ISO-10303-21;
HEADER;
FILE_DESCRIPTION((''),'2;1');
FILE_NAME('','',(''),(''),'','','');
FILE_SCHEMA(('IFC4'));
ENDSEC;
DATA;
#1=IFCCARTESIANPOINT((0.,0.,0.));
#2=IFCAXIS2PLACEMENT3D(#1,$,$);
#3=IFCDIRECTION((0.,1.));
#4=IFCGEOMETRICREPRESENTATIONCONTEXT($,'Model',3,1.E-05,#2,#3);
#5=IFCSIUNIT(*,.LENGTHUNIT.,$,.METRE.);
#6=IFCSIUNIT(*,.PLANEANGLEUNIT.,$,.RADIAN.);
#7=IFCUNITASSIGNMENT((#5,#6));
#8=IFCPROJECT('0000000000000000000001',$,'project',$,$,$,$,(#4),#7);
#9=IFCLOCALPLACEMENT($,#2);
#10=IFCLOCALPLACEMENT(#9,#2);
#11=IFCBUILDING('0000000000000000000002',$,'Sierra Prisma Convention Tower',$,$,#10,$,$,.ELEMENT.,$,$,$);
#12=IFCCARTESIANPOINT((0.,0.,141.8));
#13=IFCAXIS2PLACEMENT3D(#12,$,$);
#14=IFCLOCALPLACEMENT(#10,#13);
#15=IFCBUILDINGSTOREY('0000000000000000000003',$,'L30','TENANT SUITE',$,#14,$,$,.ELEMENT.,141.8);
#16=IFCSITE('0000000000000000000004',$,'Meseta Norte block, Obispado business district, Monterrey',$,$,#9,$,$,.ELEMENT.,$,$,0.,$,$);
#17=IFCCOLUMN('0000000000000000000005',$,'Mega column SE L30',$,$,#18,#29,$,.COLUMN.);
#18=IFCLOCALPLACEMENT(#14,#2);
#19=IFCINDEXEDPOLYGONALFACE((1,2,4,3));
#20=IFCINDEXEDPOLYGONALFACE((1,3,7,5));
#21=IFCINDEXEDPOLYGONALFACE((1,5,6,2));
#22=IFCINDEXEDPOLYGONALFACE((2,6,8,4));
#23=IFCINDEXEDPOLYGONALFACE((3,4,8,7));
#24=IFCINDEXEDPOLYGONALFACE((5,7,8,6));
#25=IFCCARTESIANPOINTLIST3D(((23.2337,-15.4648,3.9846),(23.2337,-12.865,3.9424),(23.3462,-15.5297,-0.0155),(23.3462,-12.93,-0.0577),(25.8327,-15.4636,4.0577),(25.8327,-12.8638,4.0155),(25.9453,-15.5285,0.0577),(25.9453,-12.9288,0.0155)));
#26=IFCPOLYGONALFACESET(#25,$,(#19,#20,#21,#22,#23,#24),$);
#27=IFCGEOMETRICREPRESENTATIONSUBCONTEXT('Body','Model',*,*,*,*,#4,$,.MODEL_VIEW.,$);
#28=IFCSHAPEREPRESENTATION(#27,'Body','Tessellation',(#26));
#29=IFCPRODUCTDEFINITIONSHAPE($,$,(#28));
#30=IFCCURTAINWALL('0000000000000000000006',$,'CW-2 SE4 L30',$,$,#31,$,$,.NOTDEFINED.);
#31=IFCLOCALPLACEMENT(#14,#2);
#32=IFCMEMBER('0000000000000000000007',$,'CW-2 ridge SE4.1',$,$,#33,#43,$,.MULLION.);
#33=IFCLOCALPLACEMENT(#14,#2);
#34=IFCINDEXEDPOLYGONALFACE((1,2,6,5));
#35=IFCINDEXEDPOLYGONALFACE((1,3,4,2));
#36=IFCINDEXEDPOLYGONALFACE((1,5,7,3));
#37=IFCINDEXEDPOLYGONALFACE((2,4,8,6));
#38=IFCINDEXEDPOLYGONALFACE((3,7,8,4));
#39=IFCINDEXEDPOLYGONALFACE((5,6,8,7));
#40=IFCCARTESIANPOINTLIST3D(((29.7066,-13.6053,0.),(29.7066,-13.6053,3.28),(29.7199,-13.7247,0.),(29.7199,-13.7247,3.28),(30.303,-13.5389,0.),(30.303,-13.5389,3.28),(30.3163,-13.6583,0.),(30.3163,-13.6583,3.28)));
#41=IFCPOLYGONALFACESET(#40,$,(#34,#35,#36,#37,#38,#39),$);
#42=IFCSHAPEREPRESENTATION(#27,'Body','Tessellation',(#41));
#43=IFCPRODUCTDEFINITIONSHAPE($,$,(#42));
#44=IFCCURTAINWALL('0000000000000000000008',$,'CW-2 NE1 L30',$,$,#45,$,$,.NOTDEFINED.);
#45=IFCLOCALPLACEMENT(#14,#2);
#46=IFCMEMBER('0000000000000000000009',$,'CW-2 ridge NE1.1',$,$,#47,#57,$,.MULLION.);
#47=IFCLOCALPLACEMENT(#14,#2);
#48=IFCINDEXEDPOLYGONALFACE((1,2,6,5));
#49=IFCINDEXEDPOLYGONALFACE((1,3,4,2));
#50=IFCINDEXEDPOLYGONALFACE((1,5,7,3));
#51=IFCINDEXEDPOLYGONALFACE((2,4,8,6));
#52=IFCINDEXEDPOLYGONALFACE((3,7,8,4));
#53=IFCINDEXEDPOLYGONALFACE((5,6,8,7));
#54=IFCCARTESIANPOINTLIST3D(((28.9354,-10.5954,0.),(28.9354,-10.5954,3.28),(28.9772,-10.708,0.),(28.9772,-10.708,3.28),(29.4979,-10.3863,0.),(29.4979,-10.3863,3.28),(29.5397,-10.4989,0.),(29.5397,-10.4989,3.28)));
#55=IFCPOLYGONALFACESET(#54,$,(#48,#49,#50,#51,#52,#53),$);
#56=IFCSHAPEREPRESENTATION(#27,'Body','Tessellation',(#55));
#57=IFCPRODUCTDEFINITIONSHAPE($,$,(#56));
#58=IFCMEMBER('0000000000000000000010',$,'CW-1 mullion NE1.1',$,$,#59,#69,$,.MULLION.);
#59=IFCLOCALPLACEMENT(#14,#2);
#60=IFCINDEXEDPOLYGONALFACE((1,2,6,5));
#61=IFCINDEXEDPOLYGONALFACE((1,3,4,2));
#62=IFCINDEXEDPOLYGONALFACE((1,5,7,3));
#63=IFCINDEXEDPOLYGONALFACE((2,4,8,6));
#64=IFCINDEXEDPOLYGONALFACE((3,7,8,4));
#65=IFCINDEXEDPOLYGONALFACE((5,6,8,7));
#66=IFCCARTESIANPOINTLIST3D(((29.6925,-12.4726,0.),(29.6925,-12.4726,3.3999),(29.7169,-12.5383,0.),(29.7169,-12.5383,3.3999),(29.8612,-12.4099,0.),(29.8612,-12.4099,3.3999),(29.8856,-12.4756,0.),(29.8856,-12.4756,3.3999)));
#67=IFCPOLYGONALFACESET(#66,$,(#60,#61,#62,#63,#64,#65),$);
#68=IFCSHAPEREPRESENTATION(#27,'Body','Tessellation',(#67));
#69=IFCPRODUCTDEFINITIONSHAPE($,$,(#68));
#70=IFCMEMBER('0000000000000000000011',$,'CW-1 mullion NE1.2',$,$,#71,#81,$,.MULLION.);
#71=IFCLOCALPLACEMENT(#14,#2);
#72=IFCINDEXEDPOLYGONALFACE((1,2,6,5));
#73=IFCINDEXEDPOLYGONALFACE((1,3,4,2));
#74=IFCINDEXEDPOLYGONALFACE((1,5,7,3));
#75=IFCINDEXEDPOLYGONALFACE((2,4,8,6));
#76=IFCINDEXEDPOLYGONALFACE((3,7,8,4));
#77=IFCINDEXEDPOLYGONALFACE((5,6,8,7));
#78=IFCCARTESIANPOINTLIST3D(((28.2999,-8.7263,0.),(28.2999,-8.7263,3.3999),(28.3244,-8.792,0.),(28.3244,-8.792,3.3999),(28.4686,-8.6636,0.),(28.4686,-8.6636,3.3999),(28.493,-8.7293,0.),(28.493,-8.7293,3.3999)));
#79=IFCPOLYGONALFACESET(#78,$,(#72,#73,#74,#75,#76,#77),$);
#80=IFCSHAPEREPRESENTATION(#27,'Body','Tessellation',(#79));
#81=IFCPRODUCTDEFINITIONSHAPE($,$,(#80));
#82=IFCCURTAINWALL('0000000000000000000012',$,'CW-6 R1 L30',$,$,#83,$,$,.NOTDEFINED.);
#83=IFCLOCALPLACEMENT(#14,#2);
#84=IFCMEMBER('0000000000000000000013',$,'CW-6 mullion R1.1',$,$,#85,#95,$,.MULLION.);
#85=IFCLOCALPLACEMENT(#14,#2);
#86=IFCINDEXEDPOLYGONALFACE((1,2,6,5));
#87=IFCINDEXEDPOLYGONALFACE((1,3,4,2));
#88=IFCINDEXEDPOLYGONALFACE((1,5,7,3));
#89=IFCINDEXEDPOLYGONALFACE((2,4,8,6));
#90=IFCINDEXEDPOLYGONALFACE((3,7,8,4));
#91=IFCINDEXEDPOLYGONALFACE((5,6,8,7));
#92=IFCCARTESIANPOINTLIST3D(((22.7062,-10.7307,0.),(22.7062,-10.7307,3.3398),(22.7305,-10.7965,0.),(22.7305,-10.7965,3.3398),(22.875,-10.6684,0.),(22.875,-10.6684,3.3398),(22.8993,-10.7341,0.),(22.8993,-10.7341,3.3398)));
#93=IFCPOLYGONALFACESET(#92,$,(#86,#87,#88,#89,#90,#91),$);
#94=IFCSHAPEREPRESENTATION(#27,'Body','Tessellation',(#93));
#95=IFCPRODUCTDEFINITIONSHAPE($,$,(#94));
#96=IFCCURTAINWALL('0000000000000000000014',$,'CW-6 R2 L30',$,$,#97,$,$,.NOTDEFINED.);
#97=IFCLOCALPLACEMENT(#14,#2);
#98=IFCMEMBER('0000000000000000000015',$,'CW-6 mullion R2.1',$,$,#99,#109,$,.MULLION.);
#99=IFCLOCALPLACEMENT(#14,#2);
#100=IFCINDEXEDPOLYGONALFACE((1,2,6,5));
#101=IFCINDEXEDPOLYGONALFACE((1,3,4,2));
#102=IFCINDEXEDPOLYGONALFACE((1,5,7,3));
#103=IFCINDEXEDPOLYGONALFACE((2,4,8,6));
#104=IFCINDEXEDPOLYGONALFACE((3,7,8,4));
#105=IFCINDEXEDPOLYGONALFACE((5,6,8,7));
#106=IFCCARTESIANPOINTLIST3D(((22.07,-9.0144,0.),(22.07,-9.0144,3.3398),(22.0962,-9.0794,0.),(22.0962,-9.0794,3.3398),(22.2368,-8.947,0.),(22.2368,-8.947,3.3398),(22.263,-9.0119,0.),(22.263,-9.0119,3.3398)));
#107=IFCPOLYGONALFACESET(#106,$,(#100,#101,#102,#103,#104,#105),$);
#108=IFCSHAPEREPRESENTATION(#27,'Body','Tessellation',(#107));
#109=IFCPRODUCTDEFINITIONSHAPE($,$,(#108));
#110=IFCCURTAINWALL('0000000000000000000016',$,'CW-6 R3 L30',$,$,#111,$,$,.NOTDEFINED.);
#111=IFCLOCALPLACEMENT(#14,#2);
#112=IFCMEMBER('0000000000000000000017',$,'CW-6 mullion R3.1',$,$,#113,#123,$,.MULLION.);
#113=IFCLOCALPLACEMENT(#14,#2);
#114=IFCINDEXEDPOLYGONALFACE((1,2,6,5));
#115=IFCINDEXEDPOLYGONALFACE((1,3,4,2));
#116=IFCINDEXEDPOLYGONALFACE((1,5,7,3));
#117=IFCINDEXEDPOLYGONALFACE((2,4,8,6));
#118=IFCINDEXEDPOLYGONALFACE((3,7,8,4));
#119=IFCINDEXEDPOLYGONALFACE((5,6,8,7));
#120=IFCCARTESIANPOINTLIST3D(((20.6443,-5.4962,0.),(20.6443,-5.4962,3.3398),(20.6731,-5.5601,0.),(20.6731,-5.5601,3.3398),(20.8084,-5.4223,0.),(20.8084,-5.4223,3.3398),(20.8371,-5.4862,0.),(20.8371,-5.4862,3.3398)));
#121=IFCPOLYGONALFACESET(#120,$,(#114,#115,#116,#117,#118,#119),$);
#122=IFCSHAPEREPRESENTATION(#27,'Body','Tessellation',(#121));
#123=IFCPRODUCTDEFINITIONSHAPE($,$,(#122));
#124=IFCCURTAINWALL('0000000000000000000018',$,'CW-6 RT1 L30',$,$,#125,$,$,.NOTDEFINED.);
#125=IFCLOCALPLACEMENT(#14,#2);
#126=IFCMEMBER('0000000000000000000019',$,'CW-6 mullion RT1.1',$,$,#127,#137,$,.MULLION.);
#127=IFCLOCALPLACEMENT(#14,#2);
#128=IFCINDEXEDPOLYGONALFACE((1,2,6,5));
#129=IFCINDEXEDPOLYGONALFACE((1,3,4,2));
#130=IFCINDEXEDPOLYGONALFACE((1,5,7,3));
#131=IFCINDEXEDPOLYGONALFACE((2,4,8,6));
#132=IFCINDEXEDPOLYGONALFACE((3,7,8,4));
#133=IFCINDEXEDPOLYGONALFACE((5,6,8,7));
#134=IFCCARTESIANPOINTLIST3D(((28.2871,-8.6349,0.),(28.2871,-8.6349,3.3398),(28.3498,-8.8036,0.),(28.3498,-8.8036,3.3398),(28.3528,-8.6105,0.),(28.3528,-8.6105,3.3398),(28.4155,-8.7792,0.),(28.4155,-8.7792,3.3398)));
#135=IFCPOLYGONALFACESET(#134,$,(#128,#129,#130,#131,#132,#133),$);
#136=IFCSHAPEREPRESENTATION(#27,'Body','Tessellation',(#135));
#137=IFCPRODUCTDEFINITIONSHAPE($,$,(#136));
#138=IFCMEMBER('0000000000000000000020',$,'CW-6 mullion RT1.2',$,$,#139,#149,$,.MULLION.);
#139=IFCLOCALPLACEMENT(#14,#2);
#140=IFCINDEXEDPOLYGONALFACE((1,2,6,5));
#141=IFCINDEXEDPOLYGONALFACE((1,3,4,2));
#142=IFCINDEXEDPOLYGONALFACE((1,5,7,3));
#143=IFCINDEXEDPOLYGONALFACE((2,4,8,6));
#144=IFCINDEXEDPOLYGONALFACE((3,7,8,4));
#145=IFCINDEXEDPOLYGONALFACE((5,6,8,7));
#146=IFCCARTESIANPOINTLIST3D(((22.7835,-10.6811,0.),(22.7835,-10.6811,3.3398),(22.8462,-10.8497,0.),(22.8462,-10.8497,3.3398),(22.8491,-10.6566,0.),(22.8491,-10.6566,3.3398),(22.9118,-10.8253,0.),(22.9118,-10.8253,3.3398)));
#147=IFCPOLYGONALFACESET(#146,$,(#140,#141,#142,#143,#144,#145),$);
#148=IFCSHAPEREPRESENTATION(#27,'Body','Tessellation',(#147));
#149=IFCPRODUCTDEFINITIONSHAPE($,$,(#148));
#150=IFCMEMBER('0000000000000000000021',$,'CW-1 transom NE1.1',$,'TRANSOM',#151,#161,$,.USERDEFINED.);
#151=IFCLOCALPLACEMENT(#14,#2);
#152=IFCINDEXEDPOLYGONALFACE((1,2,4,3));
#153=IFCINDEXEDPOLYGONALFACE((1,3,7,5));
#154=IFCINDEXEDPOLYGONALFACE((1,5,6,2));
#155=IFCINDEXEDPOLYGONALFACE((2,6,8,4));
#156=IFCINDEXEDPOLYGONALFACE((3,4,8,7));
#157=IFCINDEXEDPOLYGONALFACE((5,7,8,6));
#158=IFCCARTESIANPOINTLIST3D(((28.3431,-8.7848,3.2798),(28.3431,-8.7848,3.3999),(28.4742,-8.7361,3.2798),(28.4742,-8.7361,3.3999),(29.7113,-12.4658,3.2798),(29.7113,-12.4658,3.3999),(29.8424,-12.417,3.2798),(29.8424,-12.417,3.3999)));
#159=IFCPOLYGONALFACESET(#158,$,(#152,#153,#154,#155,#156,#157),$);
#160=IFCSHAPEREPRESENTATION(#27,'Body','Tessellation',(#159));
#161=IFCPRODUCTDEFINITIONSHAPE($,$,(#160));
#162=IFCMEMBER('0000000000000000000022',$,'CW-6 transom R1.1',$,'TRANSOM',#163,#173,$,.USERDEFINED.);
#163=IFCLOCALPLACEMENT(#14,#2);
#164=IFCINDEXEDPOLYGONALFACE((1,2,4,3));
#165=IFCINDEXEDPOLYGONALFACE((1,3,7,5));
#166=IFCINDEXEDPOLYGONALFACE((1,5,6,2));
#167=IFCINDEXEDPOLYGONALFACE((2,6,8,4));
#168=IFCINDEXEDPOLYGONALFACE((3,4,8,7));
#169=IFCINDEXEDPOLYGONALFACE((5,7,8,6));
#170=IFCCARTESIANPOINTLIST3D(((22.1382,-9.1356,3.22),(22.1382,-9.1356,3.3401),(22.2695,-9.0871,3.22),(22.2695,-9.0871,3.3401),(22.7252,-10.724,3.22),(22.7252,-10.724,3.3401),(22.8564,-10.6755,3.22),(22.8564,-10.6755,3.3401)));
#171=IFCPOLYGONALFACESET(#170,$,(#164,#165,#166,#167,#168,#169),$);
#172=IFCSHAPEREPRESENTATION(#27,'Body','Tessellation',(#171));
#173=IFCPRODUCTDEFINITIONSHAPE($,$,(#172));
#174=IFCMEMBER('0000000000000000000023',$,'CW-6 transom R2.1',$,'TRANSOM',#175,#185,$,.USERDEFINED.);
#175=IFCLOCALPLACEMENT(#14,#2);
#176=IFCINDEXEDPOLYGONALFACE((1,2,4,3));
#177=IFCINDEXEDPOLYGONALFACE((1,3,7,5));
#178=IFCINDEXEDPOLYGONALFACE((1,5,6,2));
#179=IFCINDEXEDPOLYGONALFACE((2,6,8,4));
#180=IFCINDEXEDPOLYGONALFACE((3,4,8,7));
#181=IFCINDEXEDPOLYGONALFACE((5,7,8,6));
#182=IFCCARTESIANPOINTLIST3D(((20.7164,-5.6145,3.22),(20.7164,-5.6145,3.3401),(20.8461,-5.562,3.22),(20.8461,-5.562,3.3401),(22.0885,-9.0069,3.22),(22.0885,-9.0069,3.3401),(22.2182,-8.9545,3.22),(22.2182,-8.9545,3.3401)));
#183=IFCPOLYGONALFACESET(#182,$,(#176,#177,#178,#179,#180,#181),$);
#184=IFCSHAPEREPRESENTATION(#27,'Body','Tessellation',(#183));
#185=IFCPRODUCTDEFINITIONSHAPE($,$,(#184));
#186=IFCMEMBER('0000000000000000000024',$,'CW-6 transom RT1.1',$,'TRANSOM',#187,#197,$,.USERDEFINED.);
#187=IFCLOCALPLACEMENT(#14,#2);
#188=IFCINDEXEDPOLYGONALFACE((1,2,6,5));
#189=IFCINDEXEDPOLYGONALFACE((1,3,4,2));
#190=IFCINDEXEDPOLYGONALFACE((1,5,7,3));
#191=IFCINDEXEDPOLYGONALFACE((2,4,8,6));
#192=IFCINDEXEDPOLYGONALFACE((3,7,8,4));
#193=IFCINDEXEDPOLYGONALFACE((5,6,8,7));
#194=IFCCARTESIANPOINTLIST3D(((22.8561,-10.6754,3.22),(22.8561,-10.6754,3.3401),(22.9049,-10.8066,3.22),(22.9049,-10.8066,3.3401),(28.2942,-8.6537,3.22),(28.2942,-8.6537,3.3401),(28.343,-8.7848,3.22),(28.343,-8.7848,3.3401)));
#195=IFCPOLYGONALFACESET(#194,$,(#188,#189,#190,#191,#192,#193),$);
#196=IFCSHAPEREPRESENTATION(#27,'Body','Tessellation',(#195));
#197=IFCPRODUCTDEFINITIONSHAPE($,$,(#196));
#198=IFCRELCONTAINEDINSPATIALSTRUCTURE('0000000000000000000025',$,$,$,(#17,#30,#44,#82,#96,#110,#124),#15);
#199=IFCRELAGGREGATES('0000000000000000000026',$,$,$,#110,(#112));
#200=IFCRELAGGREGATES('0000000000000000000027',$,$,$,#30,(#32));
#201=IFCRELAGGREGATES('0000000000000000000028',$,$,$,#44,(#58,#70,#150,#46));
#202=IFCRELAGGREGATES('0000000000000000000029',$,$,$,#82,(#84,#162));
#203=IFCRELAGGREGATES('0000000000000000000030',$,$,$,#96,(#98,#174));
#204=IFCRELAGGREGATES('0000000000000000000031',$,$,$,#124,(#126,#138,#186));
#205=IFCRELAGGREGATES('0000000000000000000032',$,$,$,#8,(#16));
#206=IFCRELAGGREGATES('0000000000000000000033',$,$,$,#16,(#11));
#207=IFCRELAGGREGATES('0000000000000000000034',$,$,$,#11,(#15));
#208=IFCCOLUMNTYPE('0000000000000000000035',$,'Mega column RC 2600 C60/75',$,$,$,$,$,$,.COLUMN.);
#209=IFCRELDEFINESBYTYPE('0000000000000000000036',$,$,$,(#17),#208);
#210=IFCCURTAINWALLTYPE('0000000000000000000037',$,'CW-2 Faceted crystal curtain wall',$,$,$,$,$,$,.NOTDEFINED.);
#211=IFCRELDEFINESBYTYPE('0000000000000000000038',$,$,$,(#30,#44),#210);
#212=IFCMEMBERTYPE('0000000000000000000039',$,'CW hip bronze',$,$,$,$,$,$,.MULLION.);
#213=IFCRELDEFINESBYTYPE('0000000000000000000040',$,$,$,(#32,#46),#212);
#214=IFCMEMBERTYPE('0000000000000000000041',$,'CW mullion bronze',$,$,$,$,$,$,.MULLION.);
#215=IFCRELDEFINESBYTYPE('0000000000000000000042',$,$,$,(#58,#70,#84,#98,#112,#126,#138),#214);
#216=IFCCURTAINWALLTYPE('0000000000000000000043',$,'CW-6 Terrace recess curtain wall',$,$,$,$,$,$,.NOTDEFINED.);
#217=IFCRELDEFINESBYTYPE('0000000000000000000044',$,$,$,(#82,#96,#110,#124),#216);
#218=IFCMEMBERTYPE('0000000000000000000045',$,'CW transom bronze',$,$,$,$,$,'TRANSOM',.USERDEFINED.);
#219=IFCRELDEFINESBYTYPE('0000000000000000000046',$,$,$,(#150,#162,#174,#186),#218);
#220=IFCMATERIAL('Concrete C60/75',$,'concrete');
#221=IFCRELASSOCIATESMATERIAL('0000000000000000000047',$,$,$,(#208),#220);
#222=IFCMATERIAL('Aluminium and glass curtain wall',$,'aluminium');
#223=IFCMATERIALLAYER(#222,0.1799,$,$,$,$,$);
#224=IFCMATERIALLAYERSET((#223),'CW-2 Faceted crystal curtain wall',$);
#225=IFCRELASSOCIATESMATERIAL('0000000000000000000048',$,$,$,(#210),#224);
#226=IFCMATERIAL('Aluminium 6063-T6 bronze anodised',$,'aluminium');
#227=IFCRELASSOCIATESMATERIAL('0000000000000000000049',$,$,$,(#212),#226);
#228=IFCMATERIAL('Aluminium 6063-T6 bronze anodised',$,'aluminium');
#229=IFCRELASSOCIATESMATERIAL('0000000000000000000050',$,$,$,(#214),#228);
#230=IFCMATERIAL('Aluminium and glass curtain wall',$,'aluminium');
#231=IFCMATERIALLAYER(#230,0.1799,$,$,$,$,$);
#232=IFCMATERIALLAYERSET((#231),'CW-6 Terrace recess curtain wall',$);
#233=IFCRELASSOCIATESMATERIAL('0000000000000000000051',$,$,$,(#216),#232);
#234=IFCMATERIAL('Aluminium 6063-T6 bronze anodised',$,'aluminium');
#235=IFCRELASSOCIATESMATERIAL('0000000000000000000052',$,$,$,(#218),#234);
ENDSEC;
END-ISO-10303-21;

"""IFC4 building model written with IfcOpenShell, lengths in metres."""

from ifc_helpers import new_model, si_unit, direction, frame, origin, origin_2d, place, context, subcontext, project, spatial, rectangle, extrude, material, layer, layer_set, material_profile, profile_set, type_object, element, aggregate, save


model = new_model("IFC4")

# Units and contexts
model_context = context("Model", 3, precision=1e-05, world=origin(), true_north=direction((0.0, 1.0)))
body_context = subcontext(model_context, "Body", "Model", "MODEL_VIEW")
ifc_project = project(units=[si_unit("LENGTHUNIT", "METRE"), si_unit("PLANEANGLEUNIT", "RADIAN")], contexts=[model_context])

# Site, building, storey
site_placement = place(None, origin())
site = spatial("IfcSite", under=ifc_project, at=site_placement, Name="Meseta Norte block, Obispado business district, Monterrey", CompositionType="ELEMENT", RefElevation=0.0)
building_placement = place(site_placement, origin())
building = spatial("IfcBuilding", under=site, at=building_placement, Name="Sierra Prisma Convention Tower", CompositionType="ELEMENT")
storey_placement = place(building_placement, frame((0.0, 0.0, 141.8)))
storey = spatial("IfcBuildingStorey", under=building, at=storey_placement, Name="L30", Description="TENANT SUITE", CompositionType="ELEMENT", Elevation=141.8)

# Column
ifc_material_1 = material(Name="Concrete C60/75", Category="concrete")
ifc_material_profile_1 = material_profile(ifc_material_1, rectangle(XDim=2.6001, YDim=2.6001, at=origin_2d()), Name="Mega column RC 2600 C60/75")
ifc_profile_set_1 = profile_set([ifc_material_profile_1], Name="Concrete C60/75")
column_type = type_object("IfcColumnType", Name="Mega column RC 2600 C60/75", PredefinedType="COLUMN", material=ifc_profile_set_1)
column_placement = place(storey_placement, frame((24.6458, -14.2292, 0.0), z_axis=(-0.028122, 0.016227, 0.999473), x_axis=(0.999604, 0.000457, 0.028119)))
element("IfcColumn", 1, at=column_placement, inside=storey, type_object=column_type, Name="Mega column SE L30", PredefinedType="COLUMN", context=body_context, shape_type="SweptSolid", body=[
    extrude(rectangle(XDim=2.6001, YDim=2.6001, at=origin_2d()), origin(), (0.0, 0.0, 1.0), 4.0022),
])

# Curtain wall, member
ifc_material_2 = material(Name="Aluminium and glass curtain wall", Category="aluminium")
ifc_layer_1 = layer(ifc_material_2, 0.1799)
ifc_layer_set_1 = layer_set([ifc_layer_1], Name="CW-2 Faceted crystal curtain wall")
curtain_wall_type_1 = type_object("IfcCurtainWallType", Name="CW-2 Faceted crystal curtain wall", PredefinedType="NOTDEFINED", material=ifc_layer_set_1)
curtain_wall_1_placement = place(storey_placement, origin())
curtain_wall_1 = element("IfcCurtainWall", 2, at=curtain_wall_1_placement, inside=storey, type_object=curtain_wall_type_1, Name="CW-2 SE4 L30", PredefinedType="NOTDEFINED")
ifc_material_3 = material(Name="Aluminium 6063-T6 bronze anodised", Category="aluminium")
ifc_material_profile_2 = material_profile(ifc_material_3, rectangle(XDim=0.1201, YDim=0.6001, at=origin_2d()), Name="ALU RIDGE BLADE 120x600")
ifc_profile_set_2 = profile_set([ifc_material_profile_2], Name="Aluminium 6063-T6 bronze anodised")
member_type_1 = type_object("IfcMemberType", Name="CW hip bronze", PredefinedType="MULLION", material=ifc_profile_set_2)
member_1_placement = place(storey_placement, frame((30.0115, -13.6318, 0.0), z_axis=(0.0, 0.0, 1.0), x_axis=(-0.11066, 0.993858, 0.0)))
member_1 = element("IfcMember", 3, at=member_1_placement, type_object=member_type_1, Name="CW-2 ridge SE4.1", PredefinedType="MULLION", context=body_context, shape_type="SweptSolid", body=[
    extrude(rectangle(XDim=0.1201, YDim=0.6001, at=origin_2d()), origin(), (0.0, 0.0, 1.0), 3.28),
])

# Curtain wall, members
curtain_wall_2_placement = place(storey_placement, origin())
curtain_wall_2 = element("IfcCurtainWall", 4, at=curtain_wall_2_placement, inside=storey, type_object=curtain_wall_type_1, Name="CW-2 NE1 L30", PredefinedType="NOTDEFINED")
member_2_placement = place(storey_placement, frame((29.2375, -10.5471, 0.0), z_axis=(0.0, 0.0, 1.0), x_axis=(-0.348451, 0.937327, 0.0)))
member_2 = element("IfcMember", 5, at=member_2_placement, type_object=member_type_1, Name="CW-2 ridge NE1.1", PredefinedType="MULLION", context=body_context, shape_type="SweptSolid", body=[
    extrude(rectangle(XDim=0.1201, YDim=0.6001, at=origin_2d()), origin(), (0.0, 0.0, 1.0), 3.28),
])
ifc_material_4 = material(Name="Aluminium 6063-T6 bronze anodised", Category="aluminium")
ifc_material_profile_3 = material_profile(ifc_material_4, rectangle(XDim=0.1799, YDim=0.0701, at=origin_2d()), Name="ALU MULLION 70x180")
ifc_profile_set_3 = profile_set([ifc_material_profile_3], Name="Aluminium 6063-T6 bronze anodised")
member_type_2 = type_object("IfcMemberType", Name="CW mullion bronze", PredefinedType="MULLION", material=ifc_profile_set_3)
member_3_placement = place(storey_placement, frame((29.7891, -12.4741, 0.0), z_axis=(0.0, 0.0, 1.0), x_axis=(-0.937327, -0.348451, 0.0)))
member_3 = element("IfcMember", 6, at=member_3_placement, type_object=member_type_2, Name="CW-1 mullion NE1.1", PredefinedType="MULLION", context=body_context, shape_type="SweptSolid", body=[
    extrude(rectangle(XDim=0.1799, YDim=0.0701, at=origin_2d()), origin(), (0.0, 0.0, 1.0), 3.3999),
])
member_4_placement = place(storey_placement, frame((28.3965, -8.7278, 0.0), z_axis=(0.0, 0.0, 1.0), x_axis=(-0.937327, -0.348451, 0.0)))
member_4 = element("IfcMember", 7, at=member_4_placement, type_object=member_type_2, Name="CW-1 mullion NE1.2", PredefinedType="MULLION", context=body_context, shape_type="SweptSolid", body=[
    extrude(rectangle(XDim=0.1799, YDim=0.0701, at=origin_2d()), origin(), (0.0, 0.0, 1.0), 3.3999),
])

# Curtain walls, members
ifc_material_5 = material(Name="Aluminium and glass curtain wall", Category="aluminium")
ifc_layer_2 = layer(ifc_material_5, 0.1799)
ifc_layer_set_2 = layer_set([ifc_layer_2], Name="CW-6 Terrace recess curtain wall")
curtain_wall_type_2 = type_object("IfcCurtainWallType", Name="CW-6 Terrace recess curtain wall", PredefinedType="NOTDEFINED", material=ifc_layer_set_2)
curtain_wall_3_placement = place(storey_placement, origin())
curtain_wall_3 = element("IfcCurtainWall", 8, at=curtain_wall_3_placement, inside=storey, type_object=curtain_wall_type_2, Name="CW-6 R1 L30", PredefinedType="NOTDEFINED")
member_5_placement = place(storey_placement, frame((22.8027, -10.7324, 0.0), z_axis=(0.0, 0.0, 1.0), x_axis=(-0.938025, -0.346567, 0.0)))
member_5 = element("IfcMember", 9, at=member_5_placement, type_object=member_type_2, Name="CW-6 mullion R1.1", PredefinedType="MULLION", context=body_context, shape_type="SweptSolid", body=[
    extrude(rectangle(XDim=0.1799, YDim=0.0701, at=origin_2d()), origin(), (0.0, 0.0, 1.0), 3.3398),
])
curtain_wall_4_placement = place(storey_placement, origin())
curtain_wall_4 = element("IfcCurtainWall", 10, at=curtain_wall_4_placement, inside=storey, type_object=curtain_wall_type_2, Name="CW-6 R2 L30", PredefinedType="NOTDEFINED")
member_6_placement = place(storey_placement, frame((22.1665, -9.0132, 0.0), z_axis=(0.0, 0.0, 1.0), x_axis=(-0.927063, -0.374906, 0.0)))
member_6 = element("IfcMember", 11, at=member_6_placement, type_object=member_type_2, Name="CW-6 mullion R2.1", PredefinedType="MULLION", context=body_context, shape_type="SweptSolid", body=[
    extrude(rectangle(XDim=0.1799, YDim=0.0701, at=origin_2d()), origin(), (0.0, 0.0, 1.0), 3.3398),
])
curtain_wall_5_placement = place(storey_placement, origin())
curtain_wall_5 = element("IfcCurtainWall", 12, at=curtain_wall_5_placement, inside=storey, type_object=curtain_wall_type_2, Name="CW-6 R3 L30", PredefinedType="NOTDEFINED")
member_7_placement = place(storey_placement, frame((20.7407, -5.4912, 0.0), z_axis=(0.0, 0.0, 1.0), x_axis=(-0.911865, -0.410489, 0.0)))
member_7 = element("IfcMember", 13, at=member_7_placement, type_object=member_type_2, Name="CW-6 mullion R3.1", PredefinedType="MULLION", context=body_context, shape_type="SweptSolid", body=[
    extrude(rectangle(XDim=0.1799, YDim=0.0701, at=origin_2d()), origin(), (0.0, 0.0, 1.0), 3.3398),
])
aggregate(curtain_wall_5, [member_7])

# Curtain wall, members
curtain_wall_6_placement = place(storey_placement, origin())
curtain_wall_6 = element("IfcCurtainWall", 14, at=curtain_wall_6_placement, inside=storey, type_object=curtain_wall_type_2, Name="CW-6 RT1 L30", PredefinedType="NOTDEFINED")
member_8_placement = place(storey_placement, frame((28.3513, -8.707, 0.0), z_axis=(0.0, 0.0, 1.0), x_axis=(0.348451, -0.937327, 0.0)))
member_8 = element("IfcMember", 15, at=member_8_placement, type_object=member_type_2, Name="CW-6 mullion RT1.1", PredefinedType="MULLION", context=body_context, shape_type="SweptSolid", body=[
    extrude(rectangle(XDim=0.1799, YDim=0.0701, at=origin_2d()), origin(), (0.0, 0.0, 1.0), 3.3398),
])
member_9_placement = place(storey_placement, frame((22.8477, -10.7532, 0.0), z_axis=(0.0, 0.0, 1.0), x_axis=(0.348451, -0.937327, 0.0)))
member_9 = element("IfcMember", 16, at=member_9_placement, type_object=member_type_2, Name="CW-6 mullion RT1.2", PredefinedType="MULLION", context=body_context, shape_type="SweptSolid", body=[
    extrude(rectangle(XDim=0.1799, YDim=0.0701, at=origin_2d()), origin(), (0.0, 0.0, 1.0), 3.3398),
])

# Members
ifc_material_6 = material(Name="Aluminium 6063-T6 bronze anodised", Category="aluminium")
ifc_material_profile_4 = material_profile(ifc_material_6, rectangle(XDim=0.1399, YDim=0.1201, at=origin_2d()), Name="ALU TRANSOM 120x140")
ifc_profile_set_4 = profile_set([ifc_material_profile_4], Name="Aluminium 6063-T6 bronze anodised")
member_type_3 = type_object("IfcMemberType", Name="CW transom bronze", ElementType="TRANSOM", PredefinedType="USERDEFINED", material=ifc_profile_set_4)
member_10_placement = place(storey_placement, frame((29.7769, -12.4414, 3.3398), z_axis=(-0.348403, 0.937345, 0.0), x_axis=(-0.937345, -0.348403, 0.0)))
member_10 = element("IfcMember", 17, at=member_10_placement, type_object=member_type_3, Name="CW-1 transom NE1.1", ObjectType="TRANSOM", PredefinedType="USERDEFINED", context=body_context, shape_type="SweptSolid", body=[
    extrude(rectangle(XDim=0.1399, YDim=0.1201, at=origin_2d()), origin(), (0.0, 0.0, 1.0), 3.927),
])
member_11_placement = place(storey_placement, frame((22.7908, -10.6997, 3.28), z_axis=(-0.346601, 0.938013, 0.0), x_axis=(-0.938013, -0.346601, 0.0)))
member_11 = element("IfcMember", 18, at=member_11_placement, type_object=member_type_3, Name="CW-6 transom R1.1", ObjectType="TRANSOM", PredefinedType="USERDEFINED", context=body_context, shape_type="SweptSolid", body=[
    extrude(rectangle(XDim=0.1399, YDim=0.1201, at=origin_2d()), origin(), (0.0, 0.0, 1.0), 1.6934),
])
member_12_placement = place(storey_placement, frame((22.1533, -8.9807, 3.28), z_axis=(-0.374931, 0.927053, 0.0), x_axis=(-0.927053, -0.374931, 0.0)))
member_12 = element("IfcMember", 19, at=member_12_placement, type_object=member_type_3, Name="CW-6 transom R2.1", ObjectType="TRANSOM", PredefinedType="USERDEFINED", context=body_context, shape_type="SweptSolid", body=[
    extrude(rectangle(XDim=0.1399, YDim=0.1201, at=origin_2d()), origin(), (0.0, 0.0, 1.0), 3.6594),
])
member_13_placement = place(storey_placement, frame((28.3186, -8.7192, 3.28), z_axis=(-0.937318, -0.348475, 0.0), x_axis=(0.348475, -0.937318, 0.0)))
member_13 = element("IfcMember", 20, at=member_13_placement, type_object=member_type_3, Name="CW-6 transom RT1.1", ObjectType="TRANSOM", PredefinedType="USERDEFINED", context=body_context, shape_type="SweptSolid", body=[
    extrude(rectangle(XDim=0.1399, YDim=0.1201, at=origin_2d()), origin(), (0.0, 0.0, 1.0), 5.8018),
])

aggregate(curtain_wall_1, [member_1])
aggregate(curtain_wall_2, [member_3, member_4, member_10, member_2])
aggregate(curtain_wall_3, [member_5, member_11])
aggregate(curtain_wall_4, [member_6, member_12])
aggregate(curtain_wall_6, [member_8, member_9, member_13])

save(model, "model.ifc")
